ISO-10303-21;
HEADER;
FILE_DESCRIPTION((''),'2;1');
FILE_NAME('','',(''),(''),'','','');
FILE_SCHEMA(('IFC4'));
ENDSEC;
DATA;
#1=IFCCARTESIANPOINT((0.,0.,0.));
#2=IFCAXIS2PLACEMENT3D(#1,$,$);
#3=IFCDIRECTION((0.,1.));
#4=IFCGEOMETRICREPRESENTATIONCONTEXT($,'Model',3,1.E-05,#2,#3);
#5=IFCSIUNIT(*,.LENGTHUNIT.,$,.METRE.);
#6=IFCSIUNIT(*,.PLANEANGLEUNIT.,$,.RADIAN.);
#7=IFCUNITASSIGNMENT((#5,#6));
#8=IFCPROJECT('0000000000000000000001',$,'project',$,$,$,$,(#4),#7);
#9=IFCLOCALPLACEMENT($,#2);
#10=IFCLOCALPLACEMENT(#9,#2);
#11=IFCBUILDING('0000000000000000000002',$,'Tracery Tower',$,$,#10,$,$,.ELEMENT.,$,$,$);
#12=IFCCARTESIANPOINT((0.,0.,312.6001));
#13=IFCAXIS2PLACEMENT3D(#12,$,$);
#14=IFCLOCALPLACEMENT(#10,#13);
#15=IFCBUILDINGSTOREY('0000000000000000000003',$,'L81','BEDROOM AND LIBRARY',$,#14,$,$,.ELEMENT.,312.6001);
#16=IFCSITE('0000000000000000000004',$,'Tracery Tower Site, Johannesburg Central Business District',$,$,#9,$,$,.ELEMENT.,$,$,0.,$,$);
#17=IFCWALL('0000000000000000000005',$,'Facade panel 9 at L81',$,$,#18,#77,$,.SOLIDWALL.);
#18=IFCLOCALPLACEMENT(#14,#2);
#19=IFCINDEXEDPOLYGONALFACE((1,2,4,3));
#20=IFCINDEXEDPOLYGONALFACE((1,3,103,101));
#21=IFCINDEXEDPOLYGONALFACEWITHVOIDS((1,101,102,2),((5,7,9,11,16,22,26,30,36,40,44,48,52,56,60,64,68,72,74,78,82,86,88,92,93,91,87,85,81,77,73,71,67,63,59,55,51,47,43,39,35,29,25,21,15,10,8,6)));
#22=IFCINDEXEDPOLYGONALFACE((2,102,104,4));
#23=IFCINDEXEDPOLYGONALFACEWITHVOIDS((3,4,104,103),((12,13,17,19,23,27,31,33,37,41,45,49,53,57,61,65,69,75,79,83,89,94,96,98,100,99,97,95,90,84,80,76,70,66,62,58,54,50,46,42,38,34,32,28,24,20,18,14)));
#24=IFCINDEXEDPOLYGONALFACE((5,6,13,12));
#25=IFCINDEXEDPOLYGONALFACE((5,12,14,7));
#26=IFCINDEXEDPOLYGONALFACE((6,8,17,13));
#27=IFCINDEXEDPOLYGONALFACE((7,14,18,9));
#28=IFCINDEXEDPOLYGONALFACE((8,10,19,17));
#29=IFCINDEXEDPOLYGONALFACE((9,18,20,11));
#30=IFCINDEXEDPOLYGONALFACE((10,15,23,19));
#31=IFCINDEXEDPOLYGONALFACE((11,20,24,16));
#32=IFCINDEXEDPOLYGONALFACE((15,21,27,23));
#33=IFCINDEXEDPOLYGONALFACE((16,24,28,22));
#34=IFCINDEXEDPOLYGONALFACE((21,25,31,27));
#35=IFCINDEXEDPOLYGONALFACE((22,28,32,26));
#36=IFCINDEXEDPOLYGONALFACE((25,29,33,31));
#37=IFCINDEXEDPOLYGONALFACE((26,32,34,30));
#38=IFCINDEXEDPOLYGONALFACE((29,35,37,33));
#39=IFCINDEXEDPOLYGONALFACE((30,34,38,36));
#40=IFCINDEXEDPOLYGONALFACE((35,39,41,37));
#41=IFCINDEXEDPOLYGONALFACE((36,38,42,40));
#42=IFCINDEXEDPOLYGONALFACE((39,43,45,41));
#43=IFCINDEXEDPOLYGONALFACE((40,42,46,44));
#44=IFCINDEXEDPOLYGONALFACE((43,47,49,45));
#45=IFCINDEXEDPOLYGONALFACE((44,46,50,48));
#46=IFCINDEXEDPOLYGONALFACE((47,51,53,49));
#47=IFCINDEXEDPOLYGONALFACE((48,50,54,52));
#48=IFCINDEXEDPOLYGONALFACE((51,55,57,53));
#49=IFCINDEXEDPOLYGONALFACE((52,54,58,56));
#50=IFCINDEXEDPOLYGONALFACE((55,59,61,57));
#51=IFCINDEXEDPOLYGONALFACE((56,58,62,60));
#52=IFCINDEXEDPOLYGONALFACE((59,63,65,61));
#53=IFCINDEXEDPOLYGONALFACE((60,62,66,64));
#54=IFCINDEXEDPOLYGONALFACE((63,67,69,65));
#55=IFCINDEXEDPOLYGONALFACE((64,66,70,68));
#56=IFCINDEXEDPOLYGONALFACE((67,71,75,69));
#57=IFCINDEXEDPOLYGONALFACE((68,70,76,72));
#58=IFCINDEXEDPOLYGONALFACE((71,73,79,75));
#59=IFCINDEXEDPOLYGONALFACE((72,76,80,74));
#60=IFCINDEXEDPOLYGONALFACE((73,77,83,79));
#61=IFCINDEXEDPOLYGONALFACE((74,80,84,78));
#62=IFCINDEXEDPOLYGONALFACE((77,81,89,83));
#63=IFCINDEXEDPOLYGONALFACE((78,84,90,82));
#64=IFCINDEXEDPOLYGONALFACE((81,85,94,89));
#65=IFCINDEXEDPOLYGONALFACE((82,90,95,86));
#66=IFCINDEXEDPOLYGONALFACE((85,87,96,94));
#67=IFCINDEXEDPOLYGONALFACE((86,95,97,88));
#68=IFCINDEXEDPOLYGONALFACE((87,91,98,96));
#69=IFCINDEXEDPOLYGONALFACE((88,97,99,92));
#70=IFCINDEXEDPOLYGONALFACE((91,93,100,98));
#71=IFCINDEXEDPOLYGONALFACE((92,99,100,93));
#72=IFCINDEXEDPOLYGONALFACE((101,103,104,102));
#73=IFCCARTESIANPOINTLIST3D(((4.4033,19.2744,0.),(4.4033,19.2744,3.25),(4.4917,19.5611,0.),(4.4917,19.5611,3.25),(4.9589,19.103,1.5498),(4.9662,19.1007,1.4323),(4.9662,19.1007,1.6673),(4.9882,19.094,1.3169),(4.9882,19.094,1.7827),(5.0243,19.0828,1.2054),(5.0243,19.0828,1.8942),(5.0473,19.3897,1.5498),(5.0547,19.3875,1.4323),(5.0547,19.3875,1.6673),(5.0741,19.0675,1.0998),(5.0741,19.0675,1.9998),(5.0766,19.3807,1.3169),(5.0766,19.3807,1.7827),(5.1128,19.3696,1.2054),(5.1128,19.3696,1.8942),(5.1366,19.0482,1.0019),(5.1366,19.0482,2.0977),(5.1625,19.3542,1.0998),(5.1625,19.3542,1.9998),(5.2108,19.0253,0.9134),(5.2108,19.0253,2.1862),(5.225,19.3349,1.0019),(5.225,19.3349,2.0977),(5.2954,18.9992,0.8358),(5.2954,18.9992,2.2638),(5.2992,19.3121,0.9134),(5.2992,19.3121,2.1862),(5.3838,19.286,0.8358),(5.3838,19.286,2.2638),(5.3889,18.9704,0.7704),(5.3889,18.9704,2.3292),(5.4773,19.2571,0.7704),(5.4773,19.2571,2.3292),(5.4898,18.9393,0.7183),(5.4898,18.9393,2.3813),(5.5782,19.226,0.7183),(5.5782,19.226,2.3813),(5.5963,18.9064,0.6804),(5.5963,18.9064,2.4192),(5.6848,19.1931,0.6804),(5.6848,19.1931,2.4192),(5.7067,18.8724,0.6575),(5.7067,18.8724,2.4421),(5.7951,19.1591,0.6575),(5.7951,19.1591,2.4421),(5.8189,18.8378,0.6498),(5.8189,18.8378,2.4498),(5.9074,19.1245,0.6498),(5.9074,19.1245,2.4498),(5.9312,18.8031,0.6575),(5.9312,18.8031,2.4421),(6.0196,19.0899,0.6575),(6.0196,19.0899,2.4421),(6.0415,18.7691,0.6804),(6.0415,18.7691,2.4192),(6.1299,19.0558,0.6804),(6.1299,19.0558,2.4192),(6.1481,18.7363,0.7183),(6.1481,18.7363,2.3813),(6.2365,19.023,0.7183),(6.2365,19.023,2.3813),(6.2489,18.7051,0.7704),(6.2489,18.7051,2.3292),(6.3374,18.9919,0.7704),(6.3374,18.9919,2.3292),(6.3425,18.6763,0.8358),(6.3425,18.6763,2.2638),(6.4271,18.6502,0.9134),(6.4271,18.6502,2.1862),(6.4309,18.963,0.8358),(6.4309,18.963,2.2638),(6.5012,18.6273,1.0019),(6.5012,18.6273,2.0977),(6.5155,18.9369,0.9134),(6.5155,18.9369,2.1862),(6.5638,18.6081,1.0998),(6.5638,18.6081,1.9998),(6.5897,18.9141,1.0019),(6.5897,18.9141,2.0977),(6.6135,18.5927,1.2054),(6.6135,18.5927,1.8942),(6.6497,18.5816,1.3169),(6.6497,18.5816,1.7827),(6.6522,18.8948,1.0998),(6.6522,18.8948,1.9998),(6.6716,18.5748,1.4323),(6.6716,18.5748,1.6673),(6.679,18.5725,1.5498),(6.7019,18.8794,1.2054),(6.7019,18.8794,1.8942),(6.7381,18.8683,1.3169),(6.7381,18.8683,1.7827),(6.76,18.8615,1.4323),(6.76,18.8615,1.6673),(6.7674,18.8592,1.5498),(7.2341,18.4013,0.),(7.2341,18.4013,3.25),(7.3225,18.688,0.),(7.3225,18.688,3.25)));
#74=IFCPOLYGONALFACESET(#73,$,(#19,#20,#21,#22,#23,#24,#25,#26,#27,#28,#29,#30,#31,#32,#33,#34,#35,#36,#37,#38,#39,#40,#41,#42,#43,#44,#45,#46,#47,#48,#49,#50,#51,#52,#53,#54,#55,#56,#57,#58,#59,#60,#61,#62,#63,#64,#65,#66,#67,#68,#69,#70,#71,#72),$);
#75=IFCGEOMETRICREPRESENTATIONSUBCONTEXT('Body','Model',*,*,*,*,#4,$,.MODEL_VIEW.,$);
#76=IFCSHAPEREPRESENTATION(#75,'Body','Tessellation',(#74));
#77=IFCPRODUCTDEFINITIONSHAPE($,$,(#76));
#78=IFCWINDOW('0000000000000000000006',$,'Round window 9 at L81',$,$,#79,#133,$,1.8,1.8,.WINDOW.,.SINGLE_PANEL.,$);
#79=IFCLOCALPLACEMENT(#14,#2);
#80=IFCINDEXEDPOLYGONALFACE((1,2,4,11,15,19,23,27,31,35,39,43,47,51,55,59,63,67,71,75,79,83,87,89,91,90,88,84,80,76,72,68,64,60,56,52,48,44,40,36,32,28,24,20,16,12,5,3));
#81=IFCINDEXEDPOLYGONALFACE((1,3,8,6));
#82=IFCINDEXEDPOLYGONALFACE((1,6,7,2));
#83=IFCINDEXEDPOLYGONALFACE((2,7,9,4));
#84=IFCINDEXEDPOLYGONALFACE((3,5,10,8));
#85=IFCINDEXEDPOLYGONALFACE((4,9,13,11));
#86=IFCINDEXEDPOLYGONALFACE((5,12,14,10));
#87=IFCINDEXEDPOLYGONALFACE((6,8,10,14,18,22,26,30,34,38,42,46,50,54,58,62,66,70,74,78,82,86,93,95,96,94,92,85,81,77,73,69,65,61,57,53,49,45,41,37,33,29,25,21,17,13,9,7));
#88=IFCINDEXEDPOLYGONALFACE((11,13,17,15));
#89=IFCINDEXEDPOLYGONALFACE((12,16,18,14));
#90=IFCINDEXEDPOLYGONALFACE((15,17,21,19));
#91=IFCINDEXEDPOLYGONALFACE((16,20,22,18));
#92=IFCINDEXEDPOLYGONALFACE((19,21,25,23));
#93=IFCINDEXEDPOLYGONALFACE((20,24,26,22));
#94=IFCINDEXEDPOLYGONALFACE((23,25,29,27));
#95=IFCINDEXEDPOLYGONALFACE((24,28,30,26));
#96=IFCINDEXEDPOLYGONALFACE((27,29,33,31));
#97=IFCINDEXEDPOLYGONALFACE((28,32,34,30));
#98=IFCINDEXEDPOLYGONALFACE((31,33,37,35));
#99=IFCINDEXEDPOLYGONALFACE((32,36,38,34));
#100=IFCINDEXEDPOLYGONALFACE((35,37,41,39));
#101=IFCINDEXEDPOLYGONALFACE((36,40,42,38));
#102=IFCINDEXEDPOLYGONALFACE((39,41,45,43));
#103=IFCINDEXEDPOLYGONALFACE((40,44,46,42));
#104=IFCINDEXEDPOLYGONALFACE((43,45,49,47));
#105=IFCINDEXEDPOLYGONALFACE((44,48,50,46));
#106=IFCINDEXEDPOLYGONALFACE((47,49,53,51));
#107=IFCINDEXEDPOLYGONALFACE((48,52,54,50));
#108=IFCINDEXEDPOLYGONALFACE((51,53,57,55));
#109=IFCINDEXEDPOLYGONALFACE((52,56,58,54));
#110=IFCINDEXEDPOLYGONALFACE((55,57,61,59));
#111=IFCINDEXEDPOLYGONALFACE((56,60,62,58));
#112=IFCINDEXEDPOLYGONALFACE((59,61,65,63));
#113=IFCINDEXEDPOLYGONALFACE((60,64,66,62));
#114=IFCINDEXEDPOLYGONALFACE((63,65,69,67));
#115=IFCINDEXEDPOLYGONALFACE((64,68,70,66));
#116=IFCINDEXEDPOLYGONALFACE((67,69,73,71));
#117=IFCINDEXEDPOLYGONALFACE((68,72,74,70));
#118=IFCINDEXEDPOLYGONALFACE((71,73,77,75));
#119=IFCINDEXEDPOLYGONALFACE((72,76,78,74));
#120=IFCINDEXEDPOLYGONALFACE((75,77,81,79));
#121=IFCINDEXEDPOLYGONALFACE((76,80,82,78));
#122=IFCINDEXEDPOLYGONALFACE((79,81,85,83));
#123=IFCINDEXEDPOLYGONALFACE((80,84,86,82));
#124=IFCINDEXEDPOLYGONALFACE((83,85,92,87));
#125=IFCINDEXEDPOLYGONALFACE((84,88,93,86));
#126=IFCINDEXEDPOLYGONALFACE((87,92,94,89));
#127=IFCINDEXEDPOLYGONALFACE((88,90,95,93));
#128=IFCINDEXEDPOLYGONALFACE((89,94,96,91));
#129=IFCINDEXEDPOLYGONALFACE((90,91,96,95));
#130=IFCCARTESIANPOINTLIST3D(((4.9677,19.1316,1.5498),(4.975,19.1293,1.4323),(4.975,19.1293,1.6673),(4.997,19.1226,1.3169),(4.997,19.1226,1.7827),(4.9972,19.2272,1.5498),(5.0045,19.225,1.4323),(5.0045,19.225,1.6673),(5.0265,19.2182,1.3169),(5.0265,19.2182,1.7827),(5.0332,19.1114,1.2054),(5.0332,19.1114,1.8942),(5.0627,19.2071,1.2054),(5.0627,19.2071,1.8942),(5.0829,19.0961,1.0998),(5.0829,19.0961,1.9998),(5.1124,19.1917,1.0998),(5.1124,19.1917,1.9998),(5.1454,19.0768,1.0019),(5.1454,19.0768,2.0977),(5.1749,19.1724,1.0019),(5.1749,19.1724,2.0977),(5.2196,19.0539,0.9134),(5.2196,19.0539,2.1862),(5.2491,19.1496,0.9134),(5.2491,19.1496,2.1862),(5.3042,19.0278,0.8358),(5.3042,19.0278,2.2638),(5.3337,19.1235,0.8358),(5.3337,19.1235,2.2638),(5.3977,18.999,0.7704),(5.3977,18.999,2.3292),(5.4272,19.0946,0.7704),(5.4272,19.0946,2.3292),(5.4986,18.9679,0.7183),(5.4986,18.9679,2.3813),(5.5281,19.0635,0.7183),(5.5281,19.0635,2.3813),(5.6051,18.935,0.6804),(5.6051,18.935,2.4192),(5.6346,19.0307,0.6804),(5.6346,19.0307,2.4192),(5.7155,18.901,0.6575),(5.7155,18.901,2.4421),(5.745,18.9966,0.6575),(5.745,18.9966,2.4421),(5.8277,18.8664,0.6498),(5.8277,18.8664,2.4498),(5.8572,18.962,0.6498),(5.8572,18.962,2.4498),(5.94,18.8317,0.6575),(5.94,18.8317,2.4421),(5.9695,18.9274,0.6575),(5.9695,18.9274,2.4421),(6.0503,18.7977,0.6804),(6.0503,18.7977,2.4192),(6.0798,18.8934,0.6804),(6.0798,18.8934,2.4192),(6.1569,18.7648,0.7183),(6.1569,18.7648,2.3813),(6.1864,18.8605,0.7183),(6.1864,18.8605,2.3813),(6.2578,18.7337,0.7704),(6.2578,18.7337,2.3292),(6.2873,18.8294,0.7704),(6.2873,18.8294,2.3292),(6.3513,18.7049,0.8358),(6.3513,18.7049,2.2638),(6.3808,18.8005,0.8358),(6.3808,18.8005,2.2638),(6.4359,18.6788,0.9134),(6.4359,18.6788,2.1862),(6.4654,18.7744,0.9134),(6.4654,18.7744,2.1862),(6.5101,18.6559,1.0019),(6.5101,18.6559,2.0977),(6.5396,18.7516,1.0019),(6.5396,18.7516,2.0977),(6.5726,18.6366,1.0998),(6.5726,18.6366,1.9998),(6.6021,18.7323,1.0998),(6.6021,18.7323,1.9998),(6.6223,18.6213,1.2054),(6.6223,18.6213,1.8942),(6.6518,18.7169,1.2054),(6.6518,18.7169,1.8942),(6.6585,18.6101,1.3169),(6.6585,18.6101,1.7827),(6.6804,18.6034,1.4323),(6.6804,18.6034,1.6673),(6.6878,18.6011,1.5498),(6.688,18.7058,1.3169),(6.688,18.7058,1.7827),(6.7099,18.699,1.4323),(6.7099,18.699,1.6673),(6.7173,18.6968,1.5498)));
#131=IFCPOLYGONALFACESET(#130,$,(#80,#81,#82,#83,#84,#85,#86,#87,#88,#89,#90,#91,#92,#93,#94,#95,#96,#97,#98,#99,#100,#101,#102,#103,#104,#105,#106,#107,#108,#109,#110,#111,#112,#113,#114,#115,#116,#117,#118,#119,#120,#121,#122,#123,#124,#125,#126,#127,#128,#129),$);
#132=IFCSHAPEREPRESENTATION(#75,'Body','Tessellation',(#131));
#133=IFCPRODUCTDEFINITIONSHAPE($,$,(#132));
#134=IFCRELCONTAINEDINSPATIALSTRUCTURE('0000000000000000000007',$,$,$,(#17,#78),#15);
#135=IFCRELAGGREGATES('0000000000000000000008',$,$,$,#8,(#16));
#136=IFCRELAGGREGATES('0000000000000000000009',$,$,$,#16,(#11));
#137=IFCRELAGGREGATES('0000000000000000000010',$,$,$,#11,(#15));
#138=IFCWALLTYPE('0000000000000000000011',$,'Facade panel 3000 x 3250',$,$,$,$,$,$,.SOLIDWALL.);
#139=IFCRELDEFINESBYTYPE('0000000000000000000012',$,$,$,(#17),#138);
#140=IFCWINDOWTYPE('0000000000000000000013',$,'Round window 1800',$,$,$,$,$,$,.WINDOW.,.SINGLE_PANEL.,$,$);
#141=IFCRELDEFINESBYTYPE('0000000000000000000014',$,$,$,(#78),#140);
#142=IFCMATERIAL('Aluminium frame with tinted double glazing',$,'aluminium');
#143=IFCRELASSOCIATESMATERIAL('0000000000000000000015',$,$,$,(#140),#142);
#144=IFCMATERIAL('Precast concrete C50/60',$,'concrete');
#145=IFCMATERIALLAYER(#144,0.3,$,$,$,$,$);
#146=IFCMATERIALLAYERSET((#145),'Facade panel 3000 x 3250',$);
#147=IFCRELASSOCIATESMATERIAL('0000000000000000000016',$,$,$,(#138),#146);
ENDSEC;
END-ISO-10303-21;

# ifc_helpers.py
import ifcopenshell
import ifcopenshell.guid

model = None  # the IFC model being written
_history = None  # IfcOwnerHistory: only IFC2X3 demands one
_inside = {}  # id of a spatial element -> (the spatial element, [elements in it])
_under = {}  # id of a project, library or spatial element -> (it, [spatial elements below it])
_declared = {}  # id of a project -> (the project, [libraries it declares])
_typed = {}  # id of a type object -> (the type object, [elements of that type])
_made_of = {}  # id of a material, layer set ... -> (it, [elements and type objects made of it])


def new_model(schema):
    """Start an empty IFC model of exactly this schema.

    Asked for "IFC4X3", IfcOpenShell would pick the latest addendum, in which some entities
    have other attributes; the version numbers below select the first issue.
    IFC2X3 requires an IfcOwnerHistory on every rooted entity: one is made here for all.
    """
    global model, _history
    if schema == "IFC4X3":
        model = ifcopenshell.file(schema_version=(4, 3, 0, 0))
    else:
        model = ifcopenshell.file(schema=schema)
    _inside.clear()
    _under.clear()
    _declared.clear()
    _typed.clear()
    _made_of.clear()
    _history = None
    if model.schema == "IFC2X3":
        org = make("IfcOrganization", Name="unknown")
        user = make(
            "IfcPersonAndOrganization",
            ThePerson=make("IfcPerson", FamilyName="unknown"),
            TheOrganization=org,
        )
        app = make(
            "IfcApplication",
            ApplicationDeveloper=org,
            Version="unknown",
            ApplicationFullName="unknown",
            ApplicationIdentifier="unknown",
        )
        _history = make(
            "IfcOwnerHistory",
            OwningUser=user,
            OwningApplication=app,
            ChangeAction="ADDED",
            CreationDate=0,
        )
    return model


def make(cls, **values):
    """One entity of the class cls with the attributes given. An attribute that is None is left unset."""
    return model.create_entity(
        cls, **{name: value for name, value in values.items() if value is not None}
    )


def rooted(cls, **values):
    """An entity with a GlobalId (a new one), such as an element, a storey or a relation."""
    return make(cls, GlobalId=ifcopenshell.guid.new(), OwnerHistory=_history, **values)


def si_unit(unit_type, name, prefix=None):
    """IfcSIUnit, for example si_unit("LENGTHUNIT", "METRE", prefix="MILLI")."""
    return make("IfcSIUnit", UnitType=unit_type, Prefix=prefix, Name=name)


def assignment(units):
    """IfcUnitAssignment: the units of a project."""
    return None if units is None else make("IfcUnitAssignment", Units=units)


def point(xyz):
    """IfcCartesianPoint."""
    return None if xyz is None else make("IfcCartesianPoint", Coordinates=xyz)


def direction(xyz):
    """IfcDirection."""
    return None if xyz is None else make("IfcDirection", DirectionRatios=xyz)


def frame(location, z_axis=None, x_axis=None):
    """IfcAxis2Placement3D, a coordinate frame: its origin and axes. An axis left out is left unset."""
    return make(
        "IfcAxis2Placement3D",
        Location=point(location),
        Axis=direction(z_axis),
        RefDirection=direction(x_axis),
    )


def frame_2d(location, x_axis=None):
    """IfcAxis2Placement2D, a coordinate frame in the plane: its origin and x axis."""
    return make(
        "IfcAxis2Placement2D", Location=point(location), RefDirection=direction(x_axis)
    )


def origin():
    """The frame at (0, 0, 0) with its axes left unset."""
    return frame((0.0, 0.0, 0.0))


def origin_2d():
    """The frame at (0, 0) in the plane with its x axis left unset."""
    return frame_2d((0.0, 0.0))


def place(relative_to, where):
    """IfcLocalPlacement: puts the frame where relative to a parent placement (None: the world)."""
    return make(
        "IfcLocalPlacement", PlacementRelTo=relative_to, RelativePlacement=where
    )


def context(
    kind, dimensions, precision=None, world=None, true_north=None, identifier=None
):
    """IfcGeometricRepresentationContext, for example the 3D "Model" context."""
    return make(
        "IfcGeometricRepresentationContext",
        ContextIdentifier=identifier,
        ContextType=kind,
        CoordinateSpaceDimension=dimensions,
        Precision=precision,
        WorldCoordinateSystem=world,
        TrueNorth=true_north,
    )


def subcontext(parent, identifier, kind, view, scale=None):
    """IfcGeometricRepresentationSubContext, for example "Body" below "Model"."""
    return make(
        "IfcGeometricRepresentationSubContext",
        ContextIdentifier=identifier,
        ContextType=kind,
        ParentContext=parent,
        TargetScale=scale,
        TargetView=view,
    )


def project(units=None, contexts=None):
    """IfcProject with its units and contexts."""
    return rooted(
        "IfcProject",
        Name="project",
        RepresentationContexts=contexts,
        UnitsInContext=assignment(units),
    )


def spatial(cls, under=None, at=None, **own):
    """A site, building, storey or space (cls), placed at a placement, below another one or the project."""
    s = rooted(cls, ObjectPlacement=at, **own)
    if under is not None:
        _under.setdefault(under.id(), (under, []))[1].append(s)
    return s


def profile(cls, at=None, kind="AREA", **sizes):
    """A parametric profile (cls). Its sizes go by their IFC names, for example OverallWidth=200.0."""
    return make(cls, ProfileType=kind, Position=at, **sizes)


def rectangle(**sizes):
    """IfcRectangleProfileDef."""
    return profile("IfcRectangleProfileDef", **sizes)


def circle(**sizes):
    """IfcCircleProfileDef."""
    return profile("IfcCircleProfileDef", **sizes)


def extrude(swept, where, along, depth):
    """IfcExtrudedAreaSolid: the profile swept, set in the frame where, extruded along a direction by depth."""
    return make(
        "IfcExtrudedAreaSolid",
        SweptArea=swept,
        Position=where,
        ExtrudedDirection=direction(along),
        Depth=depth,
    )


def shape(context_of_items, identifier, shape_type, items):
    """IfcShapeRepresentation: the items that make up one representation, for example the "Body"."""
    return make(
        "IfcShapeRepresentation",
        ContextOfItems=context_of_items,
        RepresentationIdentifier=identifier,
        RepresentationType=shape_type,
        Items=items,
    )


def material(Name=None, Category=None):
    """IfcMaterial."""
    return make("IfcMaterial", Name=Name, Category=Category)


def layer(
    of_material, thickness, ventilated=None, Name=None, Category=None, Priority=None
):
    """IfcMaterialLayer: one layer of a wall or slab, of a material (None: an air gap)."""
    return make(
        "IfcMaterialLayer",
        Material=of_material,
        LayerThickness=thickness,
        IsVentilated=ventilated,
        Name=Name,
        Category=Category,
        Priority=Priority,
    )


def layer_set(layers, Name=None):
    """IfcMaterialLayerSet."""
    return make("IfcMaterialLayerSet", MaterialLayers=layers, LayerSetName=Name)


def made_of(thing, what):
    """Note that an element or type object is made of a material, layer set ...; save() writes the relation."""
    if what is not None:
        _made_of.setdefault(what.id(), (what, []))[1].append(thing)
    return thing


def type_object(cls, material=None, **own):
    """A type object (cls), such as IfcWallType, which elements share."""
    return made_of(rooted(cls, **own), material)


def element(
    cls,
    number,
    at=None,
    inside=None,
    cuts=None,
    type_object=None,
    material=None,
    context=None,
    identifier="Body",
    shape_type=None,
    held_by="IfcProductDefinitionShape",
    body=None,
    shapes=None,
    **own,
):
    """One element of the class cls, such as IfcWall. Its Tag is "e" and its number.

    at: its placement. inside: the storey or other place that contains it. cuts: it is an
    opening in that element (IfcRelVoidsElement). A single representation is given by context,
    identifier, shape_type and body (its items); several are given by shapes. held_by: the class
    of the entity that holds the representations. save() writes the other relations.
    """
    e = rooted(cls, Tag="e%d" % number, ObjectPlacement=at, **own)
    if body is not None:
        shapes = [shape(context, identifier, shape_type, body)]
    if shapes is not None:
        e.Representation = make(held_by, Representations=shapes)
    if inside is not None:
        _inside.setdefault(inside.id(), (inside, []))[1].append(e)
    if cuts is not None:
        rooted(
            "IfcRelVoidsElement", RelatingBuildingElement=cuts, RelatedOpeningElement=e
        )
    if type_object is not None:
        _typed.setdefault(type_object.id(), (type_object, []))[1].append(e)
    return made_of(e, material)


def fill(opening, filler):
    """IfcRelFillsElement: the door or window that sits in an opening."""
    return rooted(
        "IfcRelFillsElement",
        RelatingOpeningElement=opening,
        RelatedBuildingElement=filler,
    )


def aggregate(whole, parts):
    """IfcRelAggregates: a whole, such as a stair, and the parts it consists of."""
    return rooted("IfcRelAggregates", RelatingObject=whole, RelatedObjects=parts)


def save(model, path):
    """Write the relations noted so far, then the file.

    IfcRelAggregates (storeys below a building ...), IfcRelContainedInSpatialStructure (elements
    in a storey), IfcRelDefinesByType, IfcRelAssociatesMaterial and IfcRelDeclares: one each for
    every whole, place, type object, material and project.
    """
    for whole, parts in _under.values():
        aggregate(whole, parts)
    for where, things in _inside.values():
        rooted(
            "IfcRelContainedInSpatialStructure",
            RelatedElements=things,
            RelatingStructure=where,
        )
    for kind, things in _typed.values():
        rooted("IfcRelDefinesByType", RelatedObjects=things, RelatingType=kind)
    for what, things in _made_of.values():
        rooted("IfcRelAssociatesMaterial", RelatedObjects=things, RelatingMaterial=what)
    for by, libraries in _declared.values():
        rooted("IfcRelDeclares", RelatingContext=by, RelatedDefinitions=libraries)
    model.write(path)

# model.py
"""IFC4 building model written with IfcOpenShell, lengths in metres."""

from ifc_helpers import new_model, si_unit, direction, frame, frame_2d, origin, origin_2d, place, context, subcontext, project, spatial, rectangle, circle, extrude, material, layer, layer_set, type_object, element, fill, save


model = new_model("IFC4")

# Units and contexts
model_context = context("Model", 3, precision=1e-05, world=origin(), true_north=direction((0.0, 1.0)))
body_context = subcontext(model_context, "Body", "Model", "MODEL_VIEW")
ifc_project = project(units=[si_unit("LENGTHUNIT", "METRE"), si_unit("PLANEANGLEUNIT", "RADIAN")], contexts=[model_context])

# Site, building, storey
site_placement = place(None, origin())
site = spatial("IfcSite", under=ifc_project, at=site_placement, Name="Tracery Tower Site, Johannesburg Central Business District", CompositionType="ELEMENT", RefElevation=0.0)
building_placement = place(site_placement, origin())
building = spatial("IfcBuilding", under=site, at=building_placement, Name="Tracery Tower", CompositionType="ELEMENT")
storey_placement = place(building_placement, frame((0.0, 0.0, 312.6001)))
storey = spatial("IfcBuildingStorey", under=building, at=storey_placement, Name="L81", Description="BEDROOM AND LIBRARY", CompositionType="ELEMENT", Elevation=312.6001)

# Wall, opening, window
ifc_material_1 = material(Name="Aluminium frame with tinted double glazing", Category="aluminium")
window_type = type_object("IfcWindowType", Name="Round window 1800", PartitioningType="SINGLE_PANEL", PredefinedType="WINDOW", material=ifc_material_1)
ifc_material_2 = material(Name="Precast concrete C50/60", Category="concrete")
ifc_layer_1 = layer(ifc_material_2, 0.3)
ifc_layer_set_1 = layer_set([ifc_layer_1], Name="Facade panel 3000 x 3250")
wall_type_1 = type_object("IfcWallType", Name="Facade panel 3000 x 3250", PredefinedType="SOLIDWALL", material=ifc_layer_set_1)
wall_1_placement = place(storey_placement, frame((7.2783, 18.5447, 0.0), z_axis=(0.0, 0.0, 1.0), x_axis=(-0.955586, 0.294711, 0.0)))
wall_1 = element("IfcWall", 1, at=wall_1_placement, inside=storey, type_object=wall_type_1, Name="Facade panel 9 at L81", PredefinedType="SOLIDWALL", context=body_context, shape_type="SweptSolid", body=[
    extrude(rectangle(XDim=2.9624, YDim=0.3, at=frame_2d((1.4812, 0.0))), origin(), (0.0, 0.0, 1.0), 3.25),
])
opening_1_placement = place(wall_1_placement, frame((1.481, 0.0, 1.5498)))
opening_1 = element("IfcOpeningElement", 2, at=opening_1_placement, cuts=wall_1, PredefinedType="OPENING", context=body_context, shape_type="SweptSolid", body=[
    extrude(circle(Radius=0.9, at=origin_2d()), frame((0.0, 0.1599, 0.0), z_axis=(0.0, -1.0, 0.0), x_axis=(1.0, 0.0, 0.0)), (0.0, 0.0, 1.0), 0.3201),
])
window_1_placement = place(opening_1_placement, origin())
window_1 = element("IfcWindow", 3, at=window_1_placement, inside=storey, type_object=window_type, Name="Round window 9 at L81", OverallHeight=1.8, OverallWidth=1.8, PartitioningType="SINGLE_PANEL", PredefinedType="WINDOW", context=body_context, shape_type="SweptSolid", body=[
    extrude(circle(Radius=0.9, at=origin_2d()), frame((0.0, 0.1201, 0.0), z_axis=(0.0, -1.0, 0.0), x_axis=(1.0, 0.0, 0.0)), (0.0, 0.0, 1.0), 0.1001),
])
fill(opening_1, window_1)

save(model, "model.ifc")
